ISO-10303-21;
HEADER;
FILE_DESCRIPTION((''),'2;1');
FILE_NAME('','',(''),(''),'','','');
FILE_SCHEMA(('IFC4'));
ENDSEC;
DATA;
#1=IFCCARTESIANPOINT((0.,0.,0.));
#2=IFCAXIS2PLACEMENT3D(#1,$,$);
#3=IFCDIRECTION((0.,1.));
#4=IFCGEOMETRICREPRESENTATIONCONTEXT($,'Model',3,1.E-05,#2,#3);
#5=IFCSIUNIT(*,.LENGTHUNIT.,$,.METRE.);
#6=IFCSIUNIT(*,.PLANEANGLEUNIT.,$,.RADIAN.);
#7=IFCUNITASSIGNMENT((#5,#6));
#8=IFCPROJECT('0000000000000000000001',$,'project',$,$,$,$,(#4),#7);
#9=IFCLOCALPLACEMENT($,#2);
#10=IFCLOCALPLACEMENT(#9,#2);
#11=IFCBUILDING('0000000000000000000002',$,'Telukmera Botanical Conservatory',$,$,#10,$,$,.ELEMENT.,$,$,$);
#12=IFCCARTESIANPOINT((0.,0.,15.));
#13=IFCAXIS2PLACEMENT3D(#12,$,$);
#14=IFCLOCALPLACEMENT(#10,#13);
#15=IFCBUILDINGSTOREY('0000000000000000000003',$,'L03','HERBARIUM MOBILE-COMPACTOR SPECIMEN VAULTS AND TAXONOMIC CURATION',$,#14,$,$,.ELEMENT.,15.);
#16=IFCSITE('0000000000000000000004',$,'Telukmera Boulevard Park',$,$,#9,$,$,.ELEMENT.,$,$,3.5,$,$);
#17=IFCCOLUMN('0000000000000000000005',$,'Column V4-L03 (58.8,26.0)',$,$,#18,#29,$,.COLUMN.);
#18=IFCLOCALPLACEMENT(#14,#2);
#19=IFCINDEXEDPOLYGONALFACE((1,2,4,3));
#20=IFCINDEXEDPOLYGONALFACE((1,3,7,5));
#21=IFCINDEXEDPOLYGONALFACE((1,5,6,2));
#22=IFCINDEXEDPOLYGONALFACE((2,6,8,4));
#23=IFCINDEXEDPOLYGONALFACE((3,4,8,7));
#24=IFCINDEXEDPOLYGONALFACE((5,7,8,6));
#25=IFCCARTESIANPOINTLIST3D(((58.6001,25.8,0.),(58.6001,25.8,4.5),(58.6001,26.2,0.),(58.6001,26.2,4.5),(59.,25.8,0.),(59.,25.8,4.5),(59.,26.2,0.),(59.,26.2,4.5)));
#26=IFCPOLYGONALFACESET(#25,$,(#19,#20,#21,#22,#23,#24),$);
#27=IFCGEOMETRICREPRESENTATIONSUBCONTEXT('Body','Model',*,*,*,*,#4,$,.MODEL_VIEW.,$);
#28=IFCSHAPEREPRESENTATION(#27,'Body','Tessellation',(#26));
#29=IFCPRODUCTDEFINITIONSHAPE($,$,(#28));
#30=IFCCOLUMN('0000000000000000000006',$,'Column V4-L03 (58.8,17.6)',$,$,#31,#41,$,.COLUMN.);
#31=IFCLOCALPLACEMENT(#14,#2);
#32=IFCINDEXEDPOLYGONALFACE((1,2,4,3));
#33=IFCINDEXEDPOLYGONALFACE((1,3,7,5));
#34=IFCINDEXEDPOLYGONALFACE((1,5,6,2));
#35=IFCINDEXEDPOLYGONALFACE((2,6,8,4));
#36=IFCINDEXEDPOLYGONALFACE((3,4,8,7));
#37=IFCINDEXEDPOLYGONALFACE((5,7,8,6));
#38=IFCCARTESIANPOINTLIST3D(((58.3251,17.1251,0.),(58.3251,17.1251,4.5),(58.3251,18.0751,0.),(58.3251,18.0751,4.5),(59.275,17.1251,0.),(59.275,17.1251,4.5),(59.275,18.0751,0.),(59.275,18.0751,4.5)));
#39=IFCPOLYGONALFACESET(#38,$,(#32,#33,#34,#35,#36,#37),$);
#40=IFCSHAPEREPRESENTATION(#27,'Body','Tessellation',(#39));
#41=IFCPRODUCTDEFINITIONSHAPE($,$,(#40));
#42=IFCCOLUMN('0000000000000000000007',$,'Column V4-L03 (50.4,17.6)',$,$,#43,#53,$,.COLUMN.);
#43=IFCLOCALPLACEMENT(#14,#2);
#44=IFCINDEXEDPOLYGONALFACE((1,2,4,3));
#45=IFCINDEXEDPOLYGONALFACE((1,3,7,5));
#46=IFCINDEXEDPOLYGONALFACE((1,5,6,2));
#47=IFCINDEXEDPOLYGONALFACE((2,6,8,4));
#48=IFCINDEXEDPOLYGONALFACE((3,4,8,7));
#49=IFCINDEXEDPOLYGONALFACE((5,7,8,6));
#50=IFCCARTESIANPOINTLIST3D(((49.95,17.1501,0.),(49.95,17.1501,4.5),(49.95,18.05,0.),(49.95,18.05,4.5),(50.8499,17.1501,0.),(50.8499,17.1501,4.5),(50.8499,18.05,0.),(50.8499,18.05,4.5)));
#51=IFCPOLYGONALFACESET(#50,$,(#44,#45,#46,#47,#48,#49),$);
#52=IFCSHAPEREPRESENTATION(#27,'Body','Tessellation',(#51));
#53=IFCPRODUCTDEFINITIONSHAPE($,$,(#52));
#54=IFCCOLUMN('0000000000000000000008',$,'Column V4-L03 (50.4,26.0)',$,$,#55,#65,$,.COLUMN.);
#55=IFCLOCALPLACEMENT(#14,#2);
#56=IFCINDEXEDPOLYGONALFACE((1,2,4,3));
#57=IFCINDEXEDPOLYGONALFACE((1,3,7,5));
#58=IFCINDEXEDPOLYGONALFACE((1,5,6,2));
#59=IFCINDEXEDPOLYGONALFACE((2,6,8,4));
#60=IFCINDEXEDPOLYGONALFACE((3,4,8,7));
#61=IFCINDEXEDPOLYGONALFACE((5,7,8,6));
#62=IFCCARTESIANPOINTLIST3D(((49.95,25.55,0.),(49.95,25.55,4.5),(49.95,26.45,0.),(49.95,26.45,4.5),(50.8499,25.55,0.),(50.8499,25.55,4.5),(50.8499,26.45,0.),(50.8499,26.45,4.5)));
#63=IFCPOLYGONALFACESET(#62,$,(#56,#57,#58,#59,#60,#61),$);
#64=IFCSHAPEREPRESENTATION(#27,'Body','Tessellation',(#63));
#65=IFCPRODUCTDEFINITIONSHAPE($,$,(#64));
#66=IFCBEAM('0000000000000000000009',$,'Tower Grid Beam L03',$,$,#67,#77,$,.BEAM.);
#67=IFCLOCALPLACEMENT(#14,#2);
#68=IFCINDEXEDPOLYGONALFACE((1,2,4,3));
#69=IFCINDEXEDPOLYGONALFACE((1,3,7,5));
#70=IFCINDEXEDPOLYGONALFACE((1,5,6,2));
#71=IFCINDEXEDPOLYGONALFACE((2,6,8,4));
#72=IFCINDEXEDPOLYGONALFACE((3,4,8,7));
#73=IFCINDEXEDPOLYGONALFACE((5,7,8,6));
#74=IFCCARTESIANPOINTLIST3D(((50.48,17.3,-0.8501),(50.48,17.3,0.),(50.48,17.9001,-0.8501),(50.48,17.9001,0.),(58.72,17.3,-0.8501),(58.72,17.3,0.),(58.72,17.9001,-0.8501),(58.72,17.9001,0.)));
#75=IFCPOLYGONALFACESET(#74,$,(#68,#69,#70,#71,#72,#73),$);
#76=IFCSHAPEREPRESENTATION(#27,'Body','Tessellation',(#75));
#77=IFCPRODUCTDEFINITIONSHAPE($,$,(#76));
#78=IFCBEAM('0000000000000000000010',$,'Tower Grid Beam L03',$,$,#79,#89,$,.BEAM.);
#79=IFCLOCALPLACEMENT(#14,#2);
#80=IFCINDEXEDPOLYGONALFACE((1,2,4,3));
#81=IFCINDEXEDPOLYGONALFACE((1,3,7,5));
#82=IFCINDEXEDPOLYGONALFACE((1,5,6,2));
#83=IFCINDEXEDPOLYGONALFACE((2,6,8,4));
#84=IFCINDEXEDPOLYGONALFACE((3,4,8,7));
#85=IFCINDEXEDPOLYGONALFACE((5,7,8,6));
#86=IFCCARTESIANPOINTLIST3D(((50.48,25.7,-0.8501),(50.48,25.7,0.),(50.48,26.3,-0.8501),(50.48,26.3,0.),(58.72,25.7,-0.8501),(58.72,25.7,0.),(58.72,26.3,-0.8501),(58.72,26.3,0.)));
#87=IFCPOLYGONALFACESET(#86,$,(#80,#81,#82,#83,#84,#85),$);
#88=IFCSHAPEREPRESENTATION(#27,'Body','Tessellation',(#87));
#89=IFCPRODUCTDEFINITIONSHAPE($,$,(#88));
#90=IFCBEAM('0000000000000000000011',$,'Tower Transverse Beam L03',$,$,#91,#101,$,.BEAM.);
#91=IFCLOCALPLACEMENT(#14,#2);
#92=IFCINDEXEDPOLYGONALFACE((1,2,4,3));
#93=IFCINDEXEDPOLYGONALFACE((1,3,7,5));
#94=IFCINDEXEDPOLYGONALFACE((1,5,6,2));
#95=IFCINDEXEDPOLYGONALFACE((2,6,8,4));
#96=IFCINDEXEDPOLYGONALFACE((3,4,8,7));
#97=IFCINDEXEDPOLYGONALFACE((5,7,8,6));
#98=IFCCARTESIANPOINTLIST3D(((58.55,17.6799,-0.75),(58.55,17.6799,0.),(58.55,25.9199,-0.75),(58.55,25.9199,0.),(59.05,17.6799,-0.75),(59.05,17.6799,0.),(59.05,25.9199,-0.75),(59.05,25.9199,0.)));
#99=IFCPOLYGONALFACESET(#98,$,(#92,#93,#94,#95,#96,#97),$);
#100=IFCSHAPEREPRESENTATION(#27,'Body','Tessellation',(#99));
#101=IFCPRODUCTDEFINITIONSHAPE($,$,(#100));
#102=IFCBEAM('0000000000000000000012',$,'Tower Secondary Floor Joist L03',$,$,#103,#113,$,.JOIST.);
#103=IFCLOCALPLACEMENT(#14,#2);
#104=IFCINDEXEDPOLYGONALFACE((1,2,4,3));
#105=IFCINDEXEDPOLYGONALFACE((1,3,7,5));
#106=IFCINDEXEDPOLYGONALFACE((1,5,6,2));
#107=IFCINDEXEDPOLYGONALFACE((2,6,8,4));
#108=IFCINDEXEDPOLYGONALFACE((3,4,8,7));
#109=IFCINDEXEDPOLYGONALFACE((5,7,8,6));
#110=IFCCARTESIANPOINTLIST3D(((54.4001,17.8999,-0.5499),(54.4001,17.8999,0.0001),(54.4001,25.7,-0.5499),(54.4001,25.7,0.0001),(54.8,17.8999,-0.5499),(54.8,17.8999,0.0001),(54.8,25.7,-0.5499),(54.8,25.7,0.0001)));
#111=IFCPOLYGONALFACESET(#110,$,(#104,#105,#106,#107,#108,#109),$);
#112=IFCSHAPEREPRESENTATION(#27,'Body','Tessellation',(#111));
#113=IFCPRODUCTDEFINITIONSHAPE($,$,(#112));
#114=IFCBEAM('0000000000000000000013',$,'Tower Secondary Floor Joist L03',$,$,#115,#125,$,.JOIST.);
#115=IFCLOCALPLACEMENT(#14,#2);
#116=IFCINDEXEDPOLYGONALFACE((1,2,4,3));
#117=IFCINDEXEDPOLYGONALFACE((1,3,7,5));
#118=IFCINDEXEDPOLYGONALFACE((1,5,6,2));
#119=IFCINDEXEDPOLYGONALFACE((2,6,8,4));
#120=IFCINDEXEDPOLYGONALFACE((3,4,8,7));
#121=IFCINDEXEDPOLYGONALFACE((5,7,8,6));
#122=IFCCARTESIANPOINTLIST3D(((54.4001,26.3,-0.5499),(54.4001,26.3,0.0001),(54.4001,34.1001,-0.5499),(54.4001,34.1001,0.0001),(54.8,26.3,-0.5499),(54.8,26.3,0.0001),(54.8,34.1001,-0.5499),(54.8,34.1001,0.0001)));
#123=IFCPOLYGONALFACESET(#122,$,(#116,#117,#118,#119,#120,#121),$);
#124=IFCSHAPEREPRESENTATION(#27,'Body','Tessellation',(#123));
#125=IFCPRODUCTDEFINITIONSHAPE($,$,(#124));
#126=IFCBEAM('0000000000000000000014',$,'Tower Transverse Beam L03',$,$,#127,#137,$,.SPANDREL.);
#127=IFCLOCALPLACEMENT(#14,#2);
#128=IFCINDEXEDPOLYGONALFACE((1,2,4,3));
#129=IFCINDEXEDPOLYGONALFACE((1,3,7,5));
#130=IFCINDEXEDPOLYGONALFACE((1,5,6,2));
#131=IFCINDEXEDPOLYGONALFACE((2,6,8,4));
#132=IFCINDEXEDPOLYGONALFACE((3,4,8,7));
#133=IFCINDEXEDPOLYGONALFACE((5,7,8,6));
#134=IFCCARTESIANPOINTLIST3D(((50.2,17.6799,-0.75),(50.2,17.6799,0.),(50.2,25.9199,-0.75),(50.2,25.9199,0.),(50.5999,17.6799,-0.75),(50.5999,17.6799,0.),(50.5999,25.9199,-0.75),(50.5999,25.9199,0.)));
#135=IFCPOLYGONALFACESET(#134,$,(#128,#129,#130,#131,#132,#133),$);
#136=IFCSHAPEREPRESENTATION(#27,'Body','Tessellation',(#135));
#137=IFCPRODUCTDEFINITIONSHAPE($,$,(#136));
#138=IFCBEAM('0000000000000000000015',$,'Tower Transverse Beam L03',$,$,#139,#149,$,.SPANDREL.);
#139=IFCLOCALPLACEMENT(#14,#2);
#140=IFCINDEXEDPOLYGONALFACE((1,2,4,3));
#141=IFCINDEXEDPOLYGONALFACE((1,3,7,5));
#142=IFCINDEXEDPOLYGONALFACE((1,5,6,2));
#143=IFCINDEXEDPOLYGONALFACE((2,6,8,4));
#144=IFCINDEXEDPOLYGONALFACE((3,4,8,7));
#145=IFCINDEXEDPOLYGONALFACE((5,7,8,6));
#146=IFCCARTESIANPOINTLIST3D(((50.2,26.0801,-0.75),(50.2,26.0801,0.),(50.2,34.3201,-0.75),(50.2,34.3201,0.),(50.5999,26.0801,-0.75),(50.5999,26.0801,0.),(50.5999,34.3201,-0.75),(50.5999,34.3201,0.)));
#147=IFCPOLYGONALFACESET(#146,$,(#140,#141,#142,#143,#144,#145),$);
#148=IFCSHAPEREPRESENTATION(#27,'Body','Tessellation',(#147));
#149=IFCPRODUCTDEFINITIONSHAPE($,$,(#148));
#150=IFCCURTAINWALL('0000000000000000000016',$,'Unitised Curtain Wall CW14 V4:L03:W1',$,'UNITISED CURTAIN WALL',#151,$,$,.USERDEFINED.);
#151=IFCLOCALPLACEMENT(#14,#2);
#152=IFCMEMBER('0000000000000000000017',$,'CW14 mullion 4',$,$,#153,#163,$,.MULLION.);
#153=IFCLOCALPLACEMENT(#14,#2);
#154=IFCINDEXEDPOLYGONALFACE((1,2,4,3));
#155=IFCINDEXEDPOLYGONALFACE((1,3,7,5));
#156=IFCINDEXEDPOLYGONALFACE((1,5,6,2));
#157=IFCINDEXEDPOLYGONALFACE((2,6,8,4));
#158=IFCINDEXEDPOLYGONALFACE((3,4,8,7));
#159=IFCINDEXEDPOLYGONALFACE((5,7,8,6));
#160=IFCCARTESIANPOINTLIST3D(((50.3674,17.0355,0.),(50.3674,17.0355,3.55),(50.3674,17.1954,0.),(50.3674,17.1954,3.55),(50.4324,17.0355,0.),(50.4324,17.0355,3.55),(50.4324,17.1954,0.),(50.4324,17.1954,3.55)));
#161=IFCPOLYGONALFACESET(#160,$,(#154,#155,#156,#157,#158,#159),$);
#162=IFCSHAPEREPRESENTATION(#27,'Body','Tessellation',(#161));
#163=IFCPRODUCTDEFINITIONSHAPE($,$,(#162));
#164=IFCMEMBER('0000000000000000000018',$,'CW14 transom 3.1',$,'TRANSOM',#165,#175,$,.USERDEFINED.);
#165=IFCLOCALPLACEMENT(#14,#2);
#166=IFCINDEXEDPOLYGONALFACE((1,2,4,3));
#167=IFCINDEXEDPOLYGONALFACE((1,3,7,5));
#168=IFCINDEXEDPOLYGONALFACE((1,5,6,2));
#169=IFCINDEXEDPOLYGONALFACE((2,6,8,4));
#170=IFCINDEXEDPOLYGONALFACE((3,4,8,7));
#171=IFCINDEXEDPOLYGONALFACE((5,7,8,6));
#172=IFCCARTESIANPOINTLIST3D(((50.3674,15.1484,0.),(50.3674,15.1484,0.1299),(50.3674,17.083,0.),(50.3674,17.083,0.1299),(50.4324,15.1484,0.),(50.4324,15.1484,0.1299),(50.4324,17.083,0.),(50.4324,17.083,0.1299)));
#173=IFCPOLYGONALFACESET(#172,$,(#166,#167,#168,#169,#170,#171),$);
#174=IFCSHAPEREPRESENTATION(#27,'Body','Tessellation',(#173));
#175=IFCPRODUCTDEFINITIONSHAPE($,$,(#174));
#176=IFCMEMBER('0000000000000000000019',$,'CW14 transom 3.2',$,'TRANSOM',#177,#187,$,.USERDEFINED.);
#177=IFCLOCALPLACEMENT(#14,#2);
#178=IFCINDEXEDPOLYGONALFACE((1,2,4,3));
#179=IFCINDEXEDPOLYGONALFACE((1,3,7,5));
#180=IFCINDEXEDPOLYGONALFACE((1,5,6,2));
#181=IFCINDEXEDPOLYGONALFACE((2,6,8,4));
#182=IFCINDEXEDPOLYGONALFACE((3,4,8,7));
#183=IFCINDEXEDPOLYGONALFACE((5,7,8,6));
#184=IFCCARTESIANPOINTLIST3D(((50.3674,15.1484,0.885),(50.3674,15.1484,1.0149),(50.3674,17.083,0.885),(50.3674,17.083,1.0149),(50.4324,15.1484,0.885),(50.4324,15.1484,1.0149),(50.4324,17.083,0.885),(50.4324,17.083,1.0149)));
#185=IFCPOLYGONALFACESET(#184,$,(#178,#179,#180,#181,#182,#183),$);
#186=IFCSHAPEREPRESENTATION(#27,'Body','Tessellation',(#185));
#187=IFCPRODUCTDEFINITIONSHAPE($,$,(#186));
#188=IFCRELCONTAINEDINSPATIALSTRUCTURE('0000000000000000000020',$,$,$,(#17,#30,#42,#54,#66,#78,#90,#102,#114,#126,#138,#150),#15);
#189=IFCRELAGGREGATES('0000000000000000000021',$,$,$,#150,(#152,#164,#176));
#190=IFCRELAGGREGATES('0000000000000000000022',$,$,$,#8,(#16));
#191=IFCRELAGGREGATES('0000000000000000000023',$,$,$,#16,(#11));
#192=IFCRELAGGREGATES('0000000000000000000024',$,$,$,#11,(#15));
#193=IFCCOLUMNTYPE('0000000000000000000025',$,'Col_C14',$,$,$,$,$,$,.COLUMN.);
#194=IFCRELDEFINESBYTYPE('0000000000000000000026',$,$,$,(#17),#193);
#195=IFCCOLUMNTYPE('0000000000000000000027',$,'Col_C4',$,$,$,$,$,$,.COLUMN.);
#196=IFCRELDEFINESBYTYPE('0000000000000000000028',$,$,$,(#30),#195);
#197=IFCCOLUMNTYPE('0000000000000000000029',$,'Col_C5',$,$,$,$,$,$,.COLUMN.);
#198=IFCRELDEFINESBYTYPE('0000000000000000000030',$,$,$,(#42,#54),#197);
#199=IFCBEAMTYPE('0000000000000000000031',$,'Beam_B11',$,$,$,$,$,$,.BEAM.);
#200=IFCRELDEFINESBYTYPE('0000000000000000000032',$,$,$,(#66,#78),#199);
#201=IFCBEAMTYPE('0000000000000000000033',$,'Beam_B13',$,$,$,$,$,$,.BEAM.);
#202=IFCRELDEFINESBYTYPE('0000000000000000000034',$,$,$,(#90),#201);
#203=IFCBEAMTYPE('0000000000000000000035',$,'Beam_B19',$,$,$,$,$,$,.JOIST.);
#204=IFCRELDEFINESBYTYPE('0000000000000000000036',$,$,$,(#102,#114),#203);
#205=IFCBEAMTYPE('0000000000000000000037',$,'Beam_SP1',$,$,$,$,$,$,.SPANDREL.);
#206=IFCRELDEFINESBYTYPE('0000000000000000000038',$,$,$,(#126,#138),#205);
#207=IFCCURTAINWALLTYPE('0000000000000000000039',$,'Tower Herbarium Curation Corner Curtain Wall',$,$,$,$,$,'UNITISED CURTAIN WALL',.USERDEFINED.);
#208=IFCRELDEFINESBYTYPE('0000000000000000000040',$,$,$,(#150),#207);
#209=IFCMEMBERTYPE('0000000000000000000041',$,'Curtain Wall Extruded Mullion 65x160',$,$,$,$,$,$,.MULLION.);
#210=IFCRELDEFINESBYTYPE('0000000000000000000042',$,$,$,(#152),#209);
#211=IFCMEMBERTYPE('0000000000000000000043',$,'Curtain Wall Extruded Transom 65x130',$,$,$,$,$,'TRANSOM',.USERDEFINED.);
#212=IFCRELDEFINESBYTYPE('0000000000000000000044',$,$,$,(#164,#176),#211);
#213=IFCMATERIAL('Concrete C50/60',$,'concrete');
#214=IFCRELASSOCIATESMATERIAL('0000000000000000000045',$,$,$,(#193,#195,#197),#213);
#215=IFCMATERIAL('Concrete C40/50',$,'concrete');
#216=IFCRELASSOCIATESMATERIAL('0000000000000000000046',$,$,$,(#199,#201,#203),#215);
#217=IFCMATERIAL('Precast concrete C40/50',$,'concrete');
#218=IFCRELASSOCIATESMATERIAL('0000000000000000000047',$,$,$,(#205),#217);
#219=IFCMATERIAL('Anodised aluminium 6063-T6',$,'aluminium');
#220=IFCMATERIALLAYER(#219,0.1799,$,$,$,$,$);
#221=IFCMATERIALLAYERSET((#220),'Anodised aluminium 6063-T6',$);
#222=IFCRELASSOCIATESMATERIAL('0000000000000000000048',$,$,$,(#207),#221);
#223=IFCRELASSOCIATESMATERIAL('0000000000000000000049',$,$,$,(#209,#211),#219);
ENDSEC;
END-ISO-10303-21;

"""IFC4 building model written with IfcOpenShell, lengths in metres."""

from ifc_helpers import new_model, si_unit, direction, frame, origin, origin_2d, place, context, subcontext, project, spatial, rectangle, extrude, material, layer, layer_set, material_profile, profile_set, type_object, element, aggregate, save


model = new_model("IFC4")

# Units and contexts
model_context = context("Model", 3, precision=1e-05, world=origin(), true_north=direction((0.0, 1.0)))
body_context = subcontext(model_context, "Body", "Model", "MODEL_VIEW")
ifc_project = project(units=[si_unit("LENGTHUNIT", "METRE"), si_unit("PLANEANGLEUNIT", "RADIAN")], contexts=[model_context])

# Site, building, storey
site_placement = place(None, origin())
site = spatial("IfcSite", under=ifc_project, at=site_placement, Name="Telukmera Boulevard Park", CompositionType="ELEMENT", RefElevation=3.5)
building_placement = place(site_placement, origin())
building = spatial("IfcBuilding", under=site, at=building_placement, Name="Telukmera Botanical Conservatory", CompositionType="ELEMENT")
storey_placement = place(building_placement, frame((0.0, 0.0, 15.0)))
storey = spatial("IfcBuildingStorey", under=building, at=storey_placement, Name="L03", Description="HERBARIUM MOBILE-COMPACTOR SPECIMEN VAULTS AND TAXONOMIC CURATION", CompositionType="ELEMENT", Elevation=15.0)

# Columns
ifc_material_1 = material(Name="Concrete C50/60", Category="concrete")
ifc_material_profile_1 = material_profile(ifc_material_1, rectangle(XDim=0.3999, YDim=0.3999, at=origin_2d()), Name="RC 400x400")
ifc_profile_set_1 = profile_set([ifc_material_profile_1], Name="Concrete C50/60")
column_type_1 = type_object("IfcColumnType", Name="Col_C14", PredefinedType="COLUMN", material=ifc_profile_set_1)
column_1_placement = place(storey_placement, frame((58.8, 26.0, 0.0), z_axis=(0.0, 0.0, 1.0), x_axis=(1.0, 0.0, 0.0)))
element("IfcColumn", 1, at=column_1_placement, inside=storey, type_object=column_type_1, Name="Column V4-L03 (58.8,26.0)", PredefinedType="COLUMN", context=body_context, shape_type="SweptSolid", body=[
    extrude(rectangle(XDim=0.3999, YDim=0.3999, at=origin_2d()), origin(), (0.0, 0.0, 1.0), 4.5),
])
ifc_material_profile_2 = material_profile(ifc_material_1, rectangle(XDim=0.95, YDim=0.95, at=origin_2d()), Name="RC 950x950")
ifc_profile_set_2 = profile_set([ifc_material_profile_2], Name="Concrete C50/60")
column_type_2 = type_object("IfcColumnType", Name="Col_C4", PredefinedType="COLUMN", material=ifc_profile_set_2)
column_2_placement = place(storey_placement, frame((58.8, 17.6001, 0.0), z_axis=(0.0, 0.0, 1.0), x_axis=(1.0, 0.0, 0.0)))
element("IfcColumn", 2, at=column_2_placement, inside=storey, type_object=column_type_2, Name="Column V4-L03 (58.8,17.6)", PredefinedType="COLUMN", context=body_context, shape_type="SweptSolid", body=[
    extrude(rectangle(XDim=0.95, YDim=0.95, at=origin_2d()), origin(), (0.0, 0.0, 1.0), 4.5),
])
ifc_material_profile_3 = material_profile(ifc_material_1, rectangle(XDim=0.8999, YDim=0.8999, at=origin_2d()), Name="RC 900x900")
ifc_profile_set_3 = profile_set([ifc_material_profile_3], Name="Concrete C50/60")
column_type_3 = type_object("IfcColumnType", Name="Col_C5", PredefinedType="COLUMN", material=ifc_profile_set_3)
for number, where, z_axis, x_axis, name in (
    (3, (50.3999, 17.6001, 0.0), (0.0, 0.0, 1.0), (1.0, 0.0, 0.0), "Column V4-L03 (50.4,17.6)"),
    (4, (50.3999, 26.0, 0.0), (0.0, 0.0, 1.0), (1.0, 0.0, 0.0), "Column V4-L03 (50.4,26.0)"),
):
    element("IfcColumn", number, at=place(storey_placement, frame(where, z_axis=z_axis, x_axis=x_axis)), inside=storey, type_object=column_type_3, Name=name, PredefinedType="COLUMN", context=body_context, shape_type="SweptSolid", body=[
        extrude(rectangle(XDim=0.8999, YDim=0.8999, at=origin_2d()), origin(), (0.0, 0.0, 1.0), 4.5),
    ])

# Beams
ifc_material_2 = material(Name="Concrete C40/50", Category="concrete")
ifc_material_profile_4 = material_profile(ifc_material_2, rectangle(XDim=0.6001, YDim=0.8501, at=origin_2d()), Name="RC 600x850")
ifc_profile_set_4 = profile_set([ifc_material_profile_4], Name="Concrete C40/50")
beam_type_1 = type_object("IfcBeamType", Name="Beam_B11", PredefinedType="BEAM", material=ifc_profile_set_4)
for number, where, z_axis, x_axis, name in (
    (5, (50.48, 17.6001, -0.425), (1.0, 0.0, 0.0), (0.0, 1.0, 0.0), "Tower Grid Beam L03"),
    (6, (50.48, 26.0, -0.425), (1.0, 0.0, 0.0), (0.0, 1.0, 0.0), "Tower Grid Beam L03"),
):
    element("IfcBeam", number, at=place(storey_placement, frame(where, z_axis=z_axis, x_axis=x_axis)), inside=storey, type_object=beam_type_1, Name=name, PredefinedType="BEAM", context=body_context, shape_type="SweptSolid", body=[
        extrude(rectangle(XDim=0.6001, YDim=0.8501, at=origin_2d()), origin(), (0.0, 0.0, 1.0), 8.24),
    ])
ifc_material_profile_5 = material_profile(ifc_material_2, rectangle(XDim=0.5, YDim=0.75, at=origin_2d()), Name="RC 500x750")
ifc_profile_set_5 = profile_set([ifc_material_profile_5], Name="Concrete C40/50")
beam_type_2 = type_object("IfcBeamType", Name="Beam_B13", PredefinedType="BEAM", material=ifc_profile_set_5)
beam_placement = place(storey_placement, frame((58.8, 17.6799, -0.375), z_axis=(0.0, 1.0, 0.0), x_axis=(-1.0, 0.0, 0.0)))
element("IfcBeam", 7, at=beam_placement, inside=storey, type_object=beam_type_2, Name="Tower Transverse Beam L03", PredefinedType="BEAM", context=body_context, shape_type="SweptSolid", body=[
    extrude(rectangle(XDim=0.5, YDim=0.75, at=origin_2d()), origin(), (0.0, 0.0, 1.0), 8.24),
])
ifc_material_profile_6 = material_profile(ifc_material_2, rectangle(XDim=0.3999, YDim=0.55, at=origin_2d()), Name="RC 400x550")
ifc_profile_set_6 = profile_set([ifc_material_profile_6], Name="Concrete C40/50")
beam_type_3 = type_object("IfcBeamType", Name="Beam_B19", PredefinedType="JOIST", material=ifc_profile_set_6)
for number, where, z_axis, x_axis, name in (
    (8, (54.6001, 17.8999, -0.2749), (0.0, 1.0, 0.0), (-1.0, 0.0, 0.0), "Tower Secondary Floor Joist L03"),
    (9, (54.6001, 26.3, -0.2749), (0.0, 1.0, 0.0), (-1.0, 0.0, 0.0), "Tower Secondary Floor Joist L03"),
):
    element("IfcBeam", number, at=place(storey_placement, frame(where, z_axis=z_axis, x_axis=x_axis)), inside=storey, type_object=beam_type_3, Name=name, PredefinedType="JOIST", context=body_context, shape_type="SweptSolid", body=[
        extrude(rectangle(XDim=0.3999, YDim=0.55, at=origin_2d()), origin(), (0.0, 0.0, 1.0), 7.8),
    ])
ifc_material_3 = material(Name="Precast concrete C40/50", Category="concrete")
ifc_material_profile_7 = material_profile(ifc_material_3, rectangle(XDim=0.3999, YDim=0.75, at=origin_2d()), Name="PC 400x750")
ifc_profile_set_7 = profile_set([ifc_material_profile_7], Name="Precast concrete C40/50")
beam_type_4 = type_object("IfcBeamType", Name="Beam_SP1", PredefinedType="SPANDREL", material=ifc_profile_set_7)
for number, where, z_axis, x_axis, name in (
    (10, (50.3999, 17.6799, -0.375), (0.0, 1.0, 0.0), (-1.0, 0.0, 0.0), "Tower Transverse Beam L03"),
    (11, (50.3999, 26.0801, -0.375), (0.0, 1.0, 0.0), (-1.0, 0.0, 0.0), "Tower Transverse Beam L03"),
):
    element("IfcBeam", number, at=place(storey_placement, frame(where, z_axis=z_axis, x_axis=x_axis)), inside=storey, type_object=beam_type_4, Name=name, PredefinedType="SPANDREL", context=body_context, shape_type="SweptSolid", body=[
        extrude(rectangle(XDim=0.3999, YDim=0.75, at=origin_2d()), origin(), (0.0, 0.0, 1.0), 8.24),
    ])

# Curtain wall, members
ifc_material_4 = material(Name="Anodised aluminium 6063-T6", Category="aluminium")
ifc_layer_1 = layer(ifc_material_4, 0.1799)
ifc_layer_set_1 = layer_set([ifc_layer_1], Name="Anodised aluminium 6063-T6")
curtain_wall_type = type_object("IfcCurtainWallType", Name="Tower Herbarium Curation Corner Curtain Wall", ElementType="UNITISED CURTAIN WALL", PredefinedType="USERDEFINED", material=ifc_layer_set_1)
curtain_wall_placement = place(storey_placement, origin())
curtain_wall = element("IfcCurtainWall", 12, at=curtain_wall_placement, inside=storey, type_object=curtain_wall_type, Name="Unitised Curtain Wall CW14 V4:L03:W1", ObjectType="UNITISED CURTAIN WALL", PredefinedType="USERDEFINED")
ifc_material_profile_8 = material_profile(ifc_material_4, rectangle(XDim=0.0649, YDim=0.1599, at=origin_2d()), Name="ALU MULL 65x160")
ifc_profile_set_8 = profile_set([ifc_material_profile_8], Name="Anodised aluminium 6063-T6")
member_type_1 = type_object("IfcMemberType", Name="Curtain Wall Extruded Mullion 65x160", PredefinedType="MULLION", material=ifc_profile_set_8)
member_1_placement = place(storey_placement, frame((50.3999, 17.1155, 0.0), z_axis=(0.0, 0.0, 1.0), x_axis=(-1.0, 0.0, 0.0)))
member_1 = element("IfcMember", 13, at=member_1_placement, type_object=member_type_1, Name="CW14 mullion 4", PredefinedType="MULLION", context=body_context, shape_type="SweptSolid", body=[
    extrude(rectangle(XDim=0.0649, YDim=0.1599, at=origin_2d()), origin(), (0.0, 0.0, 1.0), 3.55),
])
ifc_material_profile_9 = material_profile(ifc_material_4, rectangle(XDim=0.0649, YDim=0.1299, at=origin_2d()), Name="ALU TRAN 65x130")
ifc_profile_set_9 = profile_set([ifc_material_profile_9], Name="Anodised aluminium 6063-T6")
member_type_2 = type_object("IfcMemberType", Name="Curtain Wall Extruded Transom 65x130", ElementType="TRANSOM", PredefinedType="USERDEFINED", material=ifc_profile_set_9)
member_2_placement = place(storey_placement, frame((50.3999, 15.1484, 0.0649), z_axis=(0.0, 1.0, 0.0), x_axis=(-1.0, 0.0, 0.0)))
member_2 = element("IfcMember", 14, at=member_2_placement, type_object=member_type_2, Name="CW14 transom 3.1", ObjectType="TRANSOM", PredefinedType="USERDEFINED", context=body_context, shape_type="SweptSolid", body=[
    extrude(rectangle(XDim=0.0649, YDim=0.1299, at=origin_2d()), origin(), (0.0, 0.0, 1.0), 1.9346),
])
member_3_placement = place(storey_placement, frame((50.3999, 15.1484, 0.95), z_axis=(0.0, 1.0, 0.0), x_axis=(-1.0, 0.0, 0.0)))
member_3 = element("IfcMember", 15, at=member_3_placement, type_object=member_type_2, Name="CW14 transom 3.2", ObjectType="TRANSOM", PredefinedType="USERDEFINED", context=body_context, shape_type="SweptSolid", body=[
    extrude(rectangle(XDim=0.0649, YDim=0.1299, at=origin_2d()), origin(), (0.0, 0.0, 1.0), 1.9346),
])
aggregate(curtain_wall, [member_1, member_2, member_3])

save(model, "model.ifc")
